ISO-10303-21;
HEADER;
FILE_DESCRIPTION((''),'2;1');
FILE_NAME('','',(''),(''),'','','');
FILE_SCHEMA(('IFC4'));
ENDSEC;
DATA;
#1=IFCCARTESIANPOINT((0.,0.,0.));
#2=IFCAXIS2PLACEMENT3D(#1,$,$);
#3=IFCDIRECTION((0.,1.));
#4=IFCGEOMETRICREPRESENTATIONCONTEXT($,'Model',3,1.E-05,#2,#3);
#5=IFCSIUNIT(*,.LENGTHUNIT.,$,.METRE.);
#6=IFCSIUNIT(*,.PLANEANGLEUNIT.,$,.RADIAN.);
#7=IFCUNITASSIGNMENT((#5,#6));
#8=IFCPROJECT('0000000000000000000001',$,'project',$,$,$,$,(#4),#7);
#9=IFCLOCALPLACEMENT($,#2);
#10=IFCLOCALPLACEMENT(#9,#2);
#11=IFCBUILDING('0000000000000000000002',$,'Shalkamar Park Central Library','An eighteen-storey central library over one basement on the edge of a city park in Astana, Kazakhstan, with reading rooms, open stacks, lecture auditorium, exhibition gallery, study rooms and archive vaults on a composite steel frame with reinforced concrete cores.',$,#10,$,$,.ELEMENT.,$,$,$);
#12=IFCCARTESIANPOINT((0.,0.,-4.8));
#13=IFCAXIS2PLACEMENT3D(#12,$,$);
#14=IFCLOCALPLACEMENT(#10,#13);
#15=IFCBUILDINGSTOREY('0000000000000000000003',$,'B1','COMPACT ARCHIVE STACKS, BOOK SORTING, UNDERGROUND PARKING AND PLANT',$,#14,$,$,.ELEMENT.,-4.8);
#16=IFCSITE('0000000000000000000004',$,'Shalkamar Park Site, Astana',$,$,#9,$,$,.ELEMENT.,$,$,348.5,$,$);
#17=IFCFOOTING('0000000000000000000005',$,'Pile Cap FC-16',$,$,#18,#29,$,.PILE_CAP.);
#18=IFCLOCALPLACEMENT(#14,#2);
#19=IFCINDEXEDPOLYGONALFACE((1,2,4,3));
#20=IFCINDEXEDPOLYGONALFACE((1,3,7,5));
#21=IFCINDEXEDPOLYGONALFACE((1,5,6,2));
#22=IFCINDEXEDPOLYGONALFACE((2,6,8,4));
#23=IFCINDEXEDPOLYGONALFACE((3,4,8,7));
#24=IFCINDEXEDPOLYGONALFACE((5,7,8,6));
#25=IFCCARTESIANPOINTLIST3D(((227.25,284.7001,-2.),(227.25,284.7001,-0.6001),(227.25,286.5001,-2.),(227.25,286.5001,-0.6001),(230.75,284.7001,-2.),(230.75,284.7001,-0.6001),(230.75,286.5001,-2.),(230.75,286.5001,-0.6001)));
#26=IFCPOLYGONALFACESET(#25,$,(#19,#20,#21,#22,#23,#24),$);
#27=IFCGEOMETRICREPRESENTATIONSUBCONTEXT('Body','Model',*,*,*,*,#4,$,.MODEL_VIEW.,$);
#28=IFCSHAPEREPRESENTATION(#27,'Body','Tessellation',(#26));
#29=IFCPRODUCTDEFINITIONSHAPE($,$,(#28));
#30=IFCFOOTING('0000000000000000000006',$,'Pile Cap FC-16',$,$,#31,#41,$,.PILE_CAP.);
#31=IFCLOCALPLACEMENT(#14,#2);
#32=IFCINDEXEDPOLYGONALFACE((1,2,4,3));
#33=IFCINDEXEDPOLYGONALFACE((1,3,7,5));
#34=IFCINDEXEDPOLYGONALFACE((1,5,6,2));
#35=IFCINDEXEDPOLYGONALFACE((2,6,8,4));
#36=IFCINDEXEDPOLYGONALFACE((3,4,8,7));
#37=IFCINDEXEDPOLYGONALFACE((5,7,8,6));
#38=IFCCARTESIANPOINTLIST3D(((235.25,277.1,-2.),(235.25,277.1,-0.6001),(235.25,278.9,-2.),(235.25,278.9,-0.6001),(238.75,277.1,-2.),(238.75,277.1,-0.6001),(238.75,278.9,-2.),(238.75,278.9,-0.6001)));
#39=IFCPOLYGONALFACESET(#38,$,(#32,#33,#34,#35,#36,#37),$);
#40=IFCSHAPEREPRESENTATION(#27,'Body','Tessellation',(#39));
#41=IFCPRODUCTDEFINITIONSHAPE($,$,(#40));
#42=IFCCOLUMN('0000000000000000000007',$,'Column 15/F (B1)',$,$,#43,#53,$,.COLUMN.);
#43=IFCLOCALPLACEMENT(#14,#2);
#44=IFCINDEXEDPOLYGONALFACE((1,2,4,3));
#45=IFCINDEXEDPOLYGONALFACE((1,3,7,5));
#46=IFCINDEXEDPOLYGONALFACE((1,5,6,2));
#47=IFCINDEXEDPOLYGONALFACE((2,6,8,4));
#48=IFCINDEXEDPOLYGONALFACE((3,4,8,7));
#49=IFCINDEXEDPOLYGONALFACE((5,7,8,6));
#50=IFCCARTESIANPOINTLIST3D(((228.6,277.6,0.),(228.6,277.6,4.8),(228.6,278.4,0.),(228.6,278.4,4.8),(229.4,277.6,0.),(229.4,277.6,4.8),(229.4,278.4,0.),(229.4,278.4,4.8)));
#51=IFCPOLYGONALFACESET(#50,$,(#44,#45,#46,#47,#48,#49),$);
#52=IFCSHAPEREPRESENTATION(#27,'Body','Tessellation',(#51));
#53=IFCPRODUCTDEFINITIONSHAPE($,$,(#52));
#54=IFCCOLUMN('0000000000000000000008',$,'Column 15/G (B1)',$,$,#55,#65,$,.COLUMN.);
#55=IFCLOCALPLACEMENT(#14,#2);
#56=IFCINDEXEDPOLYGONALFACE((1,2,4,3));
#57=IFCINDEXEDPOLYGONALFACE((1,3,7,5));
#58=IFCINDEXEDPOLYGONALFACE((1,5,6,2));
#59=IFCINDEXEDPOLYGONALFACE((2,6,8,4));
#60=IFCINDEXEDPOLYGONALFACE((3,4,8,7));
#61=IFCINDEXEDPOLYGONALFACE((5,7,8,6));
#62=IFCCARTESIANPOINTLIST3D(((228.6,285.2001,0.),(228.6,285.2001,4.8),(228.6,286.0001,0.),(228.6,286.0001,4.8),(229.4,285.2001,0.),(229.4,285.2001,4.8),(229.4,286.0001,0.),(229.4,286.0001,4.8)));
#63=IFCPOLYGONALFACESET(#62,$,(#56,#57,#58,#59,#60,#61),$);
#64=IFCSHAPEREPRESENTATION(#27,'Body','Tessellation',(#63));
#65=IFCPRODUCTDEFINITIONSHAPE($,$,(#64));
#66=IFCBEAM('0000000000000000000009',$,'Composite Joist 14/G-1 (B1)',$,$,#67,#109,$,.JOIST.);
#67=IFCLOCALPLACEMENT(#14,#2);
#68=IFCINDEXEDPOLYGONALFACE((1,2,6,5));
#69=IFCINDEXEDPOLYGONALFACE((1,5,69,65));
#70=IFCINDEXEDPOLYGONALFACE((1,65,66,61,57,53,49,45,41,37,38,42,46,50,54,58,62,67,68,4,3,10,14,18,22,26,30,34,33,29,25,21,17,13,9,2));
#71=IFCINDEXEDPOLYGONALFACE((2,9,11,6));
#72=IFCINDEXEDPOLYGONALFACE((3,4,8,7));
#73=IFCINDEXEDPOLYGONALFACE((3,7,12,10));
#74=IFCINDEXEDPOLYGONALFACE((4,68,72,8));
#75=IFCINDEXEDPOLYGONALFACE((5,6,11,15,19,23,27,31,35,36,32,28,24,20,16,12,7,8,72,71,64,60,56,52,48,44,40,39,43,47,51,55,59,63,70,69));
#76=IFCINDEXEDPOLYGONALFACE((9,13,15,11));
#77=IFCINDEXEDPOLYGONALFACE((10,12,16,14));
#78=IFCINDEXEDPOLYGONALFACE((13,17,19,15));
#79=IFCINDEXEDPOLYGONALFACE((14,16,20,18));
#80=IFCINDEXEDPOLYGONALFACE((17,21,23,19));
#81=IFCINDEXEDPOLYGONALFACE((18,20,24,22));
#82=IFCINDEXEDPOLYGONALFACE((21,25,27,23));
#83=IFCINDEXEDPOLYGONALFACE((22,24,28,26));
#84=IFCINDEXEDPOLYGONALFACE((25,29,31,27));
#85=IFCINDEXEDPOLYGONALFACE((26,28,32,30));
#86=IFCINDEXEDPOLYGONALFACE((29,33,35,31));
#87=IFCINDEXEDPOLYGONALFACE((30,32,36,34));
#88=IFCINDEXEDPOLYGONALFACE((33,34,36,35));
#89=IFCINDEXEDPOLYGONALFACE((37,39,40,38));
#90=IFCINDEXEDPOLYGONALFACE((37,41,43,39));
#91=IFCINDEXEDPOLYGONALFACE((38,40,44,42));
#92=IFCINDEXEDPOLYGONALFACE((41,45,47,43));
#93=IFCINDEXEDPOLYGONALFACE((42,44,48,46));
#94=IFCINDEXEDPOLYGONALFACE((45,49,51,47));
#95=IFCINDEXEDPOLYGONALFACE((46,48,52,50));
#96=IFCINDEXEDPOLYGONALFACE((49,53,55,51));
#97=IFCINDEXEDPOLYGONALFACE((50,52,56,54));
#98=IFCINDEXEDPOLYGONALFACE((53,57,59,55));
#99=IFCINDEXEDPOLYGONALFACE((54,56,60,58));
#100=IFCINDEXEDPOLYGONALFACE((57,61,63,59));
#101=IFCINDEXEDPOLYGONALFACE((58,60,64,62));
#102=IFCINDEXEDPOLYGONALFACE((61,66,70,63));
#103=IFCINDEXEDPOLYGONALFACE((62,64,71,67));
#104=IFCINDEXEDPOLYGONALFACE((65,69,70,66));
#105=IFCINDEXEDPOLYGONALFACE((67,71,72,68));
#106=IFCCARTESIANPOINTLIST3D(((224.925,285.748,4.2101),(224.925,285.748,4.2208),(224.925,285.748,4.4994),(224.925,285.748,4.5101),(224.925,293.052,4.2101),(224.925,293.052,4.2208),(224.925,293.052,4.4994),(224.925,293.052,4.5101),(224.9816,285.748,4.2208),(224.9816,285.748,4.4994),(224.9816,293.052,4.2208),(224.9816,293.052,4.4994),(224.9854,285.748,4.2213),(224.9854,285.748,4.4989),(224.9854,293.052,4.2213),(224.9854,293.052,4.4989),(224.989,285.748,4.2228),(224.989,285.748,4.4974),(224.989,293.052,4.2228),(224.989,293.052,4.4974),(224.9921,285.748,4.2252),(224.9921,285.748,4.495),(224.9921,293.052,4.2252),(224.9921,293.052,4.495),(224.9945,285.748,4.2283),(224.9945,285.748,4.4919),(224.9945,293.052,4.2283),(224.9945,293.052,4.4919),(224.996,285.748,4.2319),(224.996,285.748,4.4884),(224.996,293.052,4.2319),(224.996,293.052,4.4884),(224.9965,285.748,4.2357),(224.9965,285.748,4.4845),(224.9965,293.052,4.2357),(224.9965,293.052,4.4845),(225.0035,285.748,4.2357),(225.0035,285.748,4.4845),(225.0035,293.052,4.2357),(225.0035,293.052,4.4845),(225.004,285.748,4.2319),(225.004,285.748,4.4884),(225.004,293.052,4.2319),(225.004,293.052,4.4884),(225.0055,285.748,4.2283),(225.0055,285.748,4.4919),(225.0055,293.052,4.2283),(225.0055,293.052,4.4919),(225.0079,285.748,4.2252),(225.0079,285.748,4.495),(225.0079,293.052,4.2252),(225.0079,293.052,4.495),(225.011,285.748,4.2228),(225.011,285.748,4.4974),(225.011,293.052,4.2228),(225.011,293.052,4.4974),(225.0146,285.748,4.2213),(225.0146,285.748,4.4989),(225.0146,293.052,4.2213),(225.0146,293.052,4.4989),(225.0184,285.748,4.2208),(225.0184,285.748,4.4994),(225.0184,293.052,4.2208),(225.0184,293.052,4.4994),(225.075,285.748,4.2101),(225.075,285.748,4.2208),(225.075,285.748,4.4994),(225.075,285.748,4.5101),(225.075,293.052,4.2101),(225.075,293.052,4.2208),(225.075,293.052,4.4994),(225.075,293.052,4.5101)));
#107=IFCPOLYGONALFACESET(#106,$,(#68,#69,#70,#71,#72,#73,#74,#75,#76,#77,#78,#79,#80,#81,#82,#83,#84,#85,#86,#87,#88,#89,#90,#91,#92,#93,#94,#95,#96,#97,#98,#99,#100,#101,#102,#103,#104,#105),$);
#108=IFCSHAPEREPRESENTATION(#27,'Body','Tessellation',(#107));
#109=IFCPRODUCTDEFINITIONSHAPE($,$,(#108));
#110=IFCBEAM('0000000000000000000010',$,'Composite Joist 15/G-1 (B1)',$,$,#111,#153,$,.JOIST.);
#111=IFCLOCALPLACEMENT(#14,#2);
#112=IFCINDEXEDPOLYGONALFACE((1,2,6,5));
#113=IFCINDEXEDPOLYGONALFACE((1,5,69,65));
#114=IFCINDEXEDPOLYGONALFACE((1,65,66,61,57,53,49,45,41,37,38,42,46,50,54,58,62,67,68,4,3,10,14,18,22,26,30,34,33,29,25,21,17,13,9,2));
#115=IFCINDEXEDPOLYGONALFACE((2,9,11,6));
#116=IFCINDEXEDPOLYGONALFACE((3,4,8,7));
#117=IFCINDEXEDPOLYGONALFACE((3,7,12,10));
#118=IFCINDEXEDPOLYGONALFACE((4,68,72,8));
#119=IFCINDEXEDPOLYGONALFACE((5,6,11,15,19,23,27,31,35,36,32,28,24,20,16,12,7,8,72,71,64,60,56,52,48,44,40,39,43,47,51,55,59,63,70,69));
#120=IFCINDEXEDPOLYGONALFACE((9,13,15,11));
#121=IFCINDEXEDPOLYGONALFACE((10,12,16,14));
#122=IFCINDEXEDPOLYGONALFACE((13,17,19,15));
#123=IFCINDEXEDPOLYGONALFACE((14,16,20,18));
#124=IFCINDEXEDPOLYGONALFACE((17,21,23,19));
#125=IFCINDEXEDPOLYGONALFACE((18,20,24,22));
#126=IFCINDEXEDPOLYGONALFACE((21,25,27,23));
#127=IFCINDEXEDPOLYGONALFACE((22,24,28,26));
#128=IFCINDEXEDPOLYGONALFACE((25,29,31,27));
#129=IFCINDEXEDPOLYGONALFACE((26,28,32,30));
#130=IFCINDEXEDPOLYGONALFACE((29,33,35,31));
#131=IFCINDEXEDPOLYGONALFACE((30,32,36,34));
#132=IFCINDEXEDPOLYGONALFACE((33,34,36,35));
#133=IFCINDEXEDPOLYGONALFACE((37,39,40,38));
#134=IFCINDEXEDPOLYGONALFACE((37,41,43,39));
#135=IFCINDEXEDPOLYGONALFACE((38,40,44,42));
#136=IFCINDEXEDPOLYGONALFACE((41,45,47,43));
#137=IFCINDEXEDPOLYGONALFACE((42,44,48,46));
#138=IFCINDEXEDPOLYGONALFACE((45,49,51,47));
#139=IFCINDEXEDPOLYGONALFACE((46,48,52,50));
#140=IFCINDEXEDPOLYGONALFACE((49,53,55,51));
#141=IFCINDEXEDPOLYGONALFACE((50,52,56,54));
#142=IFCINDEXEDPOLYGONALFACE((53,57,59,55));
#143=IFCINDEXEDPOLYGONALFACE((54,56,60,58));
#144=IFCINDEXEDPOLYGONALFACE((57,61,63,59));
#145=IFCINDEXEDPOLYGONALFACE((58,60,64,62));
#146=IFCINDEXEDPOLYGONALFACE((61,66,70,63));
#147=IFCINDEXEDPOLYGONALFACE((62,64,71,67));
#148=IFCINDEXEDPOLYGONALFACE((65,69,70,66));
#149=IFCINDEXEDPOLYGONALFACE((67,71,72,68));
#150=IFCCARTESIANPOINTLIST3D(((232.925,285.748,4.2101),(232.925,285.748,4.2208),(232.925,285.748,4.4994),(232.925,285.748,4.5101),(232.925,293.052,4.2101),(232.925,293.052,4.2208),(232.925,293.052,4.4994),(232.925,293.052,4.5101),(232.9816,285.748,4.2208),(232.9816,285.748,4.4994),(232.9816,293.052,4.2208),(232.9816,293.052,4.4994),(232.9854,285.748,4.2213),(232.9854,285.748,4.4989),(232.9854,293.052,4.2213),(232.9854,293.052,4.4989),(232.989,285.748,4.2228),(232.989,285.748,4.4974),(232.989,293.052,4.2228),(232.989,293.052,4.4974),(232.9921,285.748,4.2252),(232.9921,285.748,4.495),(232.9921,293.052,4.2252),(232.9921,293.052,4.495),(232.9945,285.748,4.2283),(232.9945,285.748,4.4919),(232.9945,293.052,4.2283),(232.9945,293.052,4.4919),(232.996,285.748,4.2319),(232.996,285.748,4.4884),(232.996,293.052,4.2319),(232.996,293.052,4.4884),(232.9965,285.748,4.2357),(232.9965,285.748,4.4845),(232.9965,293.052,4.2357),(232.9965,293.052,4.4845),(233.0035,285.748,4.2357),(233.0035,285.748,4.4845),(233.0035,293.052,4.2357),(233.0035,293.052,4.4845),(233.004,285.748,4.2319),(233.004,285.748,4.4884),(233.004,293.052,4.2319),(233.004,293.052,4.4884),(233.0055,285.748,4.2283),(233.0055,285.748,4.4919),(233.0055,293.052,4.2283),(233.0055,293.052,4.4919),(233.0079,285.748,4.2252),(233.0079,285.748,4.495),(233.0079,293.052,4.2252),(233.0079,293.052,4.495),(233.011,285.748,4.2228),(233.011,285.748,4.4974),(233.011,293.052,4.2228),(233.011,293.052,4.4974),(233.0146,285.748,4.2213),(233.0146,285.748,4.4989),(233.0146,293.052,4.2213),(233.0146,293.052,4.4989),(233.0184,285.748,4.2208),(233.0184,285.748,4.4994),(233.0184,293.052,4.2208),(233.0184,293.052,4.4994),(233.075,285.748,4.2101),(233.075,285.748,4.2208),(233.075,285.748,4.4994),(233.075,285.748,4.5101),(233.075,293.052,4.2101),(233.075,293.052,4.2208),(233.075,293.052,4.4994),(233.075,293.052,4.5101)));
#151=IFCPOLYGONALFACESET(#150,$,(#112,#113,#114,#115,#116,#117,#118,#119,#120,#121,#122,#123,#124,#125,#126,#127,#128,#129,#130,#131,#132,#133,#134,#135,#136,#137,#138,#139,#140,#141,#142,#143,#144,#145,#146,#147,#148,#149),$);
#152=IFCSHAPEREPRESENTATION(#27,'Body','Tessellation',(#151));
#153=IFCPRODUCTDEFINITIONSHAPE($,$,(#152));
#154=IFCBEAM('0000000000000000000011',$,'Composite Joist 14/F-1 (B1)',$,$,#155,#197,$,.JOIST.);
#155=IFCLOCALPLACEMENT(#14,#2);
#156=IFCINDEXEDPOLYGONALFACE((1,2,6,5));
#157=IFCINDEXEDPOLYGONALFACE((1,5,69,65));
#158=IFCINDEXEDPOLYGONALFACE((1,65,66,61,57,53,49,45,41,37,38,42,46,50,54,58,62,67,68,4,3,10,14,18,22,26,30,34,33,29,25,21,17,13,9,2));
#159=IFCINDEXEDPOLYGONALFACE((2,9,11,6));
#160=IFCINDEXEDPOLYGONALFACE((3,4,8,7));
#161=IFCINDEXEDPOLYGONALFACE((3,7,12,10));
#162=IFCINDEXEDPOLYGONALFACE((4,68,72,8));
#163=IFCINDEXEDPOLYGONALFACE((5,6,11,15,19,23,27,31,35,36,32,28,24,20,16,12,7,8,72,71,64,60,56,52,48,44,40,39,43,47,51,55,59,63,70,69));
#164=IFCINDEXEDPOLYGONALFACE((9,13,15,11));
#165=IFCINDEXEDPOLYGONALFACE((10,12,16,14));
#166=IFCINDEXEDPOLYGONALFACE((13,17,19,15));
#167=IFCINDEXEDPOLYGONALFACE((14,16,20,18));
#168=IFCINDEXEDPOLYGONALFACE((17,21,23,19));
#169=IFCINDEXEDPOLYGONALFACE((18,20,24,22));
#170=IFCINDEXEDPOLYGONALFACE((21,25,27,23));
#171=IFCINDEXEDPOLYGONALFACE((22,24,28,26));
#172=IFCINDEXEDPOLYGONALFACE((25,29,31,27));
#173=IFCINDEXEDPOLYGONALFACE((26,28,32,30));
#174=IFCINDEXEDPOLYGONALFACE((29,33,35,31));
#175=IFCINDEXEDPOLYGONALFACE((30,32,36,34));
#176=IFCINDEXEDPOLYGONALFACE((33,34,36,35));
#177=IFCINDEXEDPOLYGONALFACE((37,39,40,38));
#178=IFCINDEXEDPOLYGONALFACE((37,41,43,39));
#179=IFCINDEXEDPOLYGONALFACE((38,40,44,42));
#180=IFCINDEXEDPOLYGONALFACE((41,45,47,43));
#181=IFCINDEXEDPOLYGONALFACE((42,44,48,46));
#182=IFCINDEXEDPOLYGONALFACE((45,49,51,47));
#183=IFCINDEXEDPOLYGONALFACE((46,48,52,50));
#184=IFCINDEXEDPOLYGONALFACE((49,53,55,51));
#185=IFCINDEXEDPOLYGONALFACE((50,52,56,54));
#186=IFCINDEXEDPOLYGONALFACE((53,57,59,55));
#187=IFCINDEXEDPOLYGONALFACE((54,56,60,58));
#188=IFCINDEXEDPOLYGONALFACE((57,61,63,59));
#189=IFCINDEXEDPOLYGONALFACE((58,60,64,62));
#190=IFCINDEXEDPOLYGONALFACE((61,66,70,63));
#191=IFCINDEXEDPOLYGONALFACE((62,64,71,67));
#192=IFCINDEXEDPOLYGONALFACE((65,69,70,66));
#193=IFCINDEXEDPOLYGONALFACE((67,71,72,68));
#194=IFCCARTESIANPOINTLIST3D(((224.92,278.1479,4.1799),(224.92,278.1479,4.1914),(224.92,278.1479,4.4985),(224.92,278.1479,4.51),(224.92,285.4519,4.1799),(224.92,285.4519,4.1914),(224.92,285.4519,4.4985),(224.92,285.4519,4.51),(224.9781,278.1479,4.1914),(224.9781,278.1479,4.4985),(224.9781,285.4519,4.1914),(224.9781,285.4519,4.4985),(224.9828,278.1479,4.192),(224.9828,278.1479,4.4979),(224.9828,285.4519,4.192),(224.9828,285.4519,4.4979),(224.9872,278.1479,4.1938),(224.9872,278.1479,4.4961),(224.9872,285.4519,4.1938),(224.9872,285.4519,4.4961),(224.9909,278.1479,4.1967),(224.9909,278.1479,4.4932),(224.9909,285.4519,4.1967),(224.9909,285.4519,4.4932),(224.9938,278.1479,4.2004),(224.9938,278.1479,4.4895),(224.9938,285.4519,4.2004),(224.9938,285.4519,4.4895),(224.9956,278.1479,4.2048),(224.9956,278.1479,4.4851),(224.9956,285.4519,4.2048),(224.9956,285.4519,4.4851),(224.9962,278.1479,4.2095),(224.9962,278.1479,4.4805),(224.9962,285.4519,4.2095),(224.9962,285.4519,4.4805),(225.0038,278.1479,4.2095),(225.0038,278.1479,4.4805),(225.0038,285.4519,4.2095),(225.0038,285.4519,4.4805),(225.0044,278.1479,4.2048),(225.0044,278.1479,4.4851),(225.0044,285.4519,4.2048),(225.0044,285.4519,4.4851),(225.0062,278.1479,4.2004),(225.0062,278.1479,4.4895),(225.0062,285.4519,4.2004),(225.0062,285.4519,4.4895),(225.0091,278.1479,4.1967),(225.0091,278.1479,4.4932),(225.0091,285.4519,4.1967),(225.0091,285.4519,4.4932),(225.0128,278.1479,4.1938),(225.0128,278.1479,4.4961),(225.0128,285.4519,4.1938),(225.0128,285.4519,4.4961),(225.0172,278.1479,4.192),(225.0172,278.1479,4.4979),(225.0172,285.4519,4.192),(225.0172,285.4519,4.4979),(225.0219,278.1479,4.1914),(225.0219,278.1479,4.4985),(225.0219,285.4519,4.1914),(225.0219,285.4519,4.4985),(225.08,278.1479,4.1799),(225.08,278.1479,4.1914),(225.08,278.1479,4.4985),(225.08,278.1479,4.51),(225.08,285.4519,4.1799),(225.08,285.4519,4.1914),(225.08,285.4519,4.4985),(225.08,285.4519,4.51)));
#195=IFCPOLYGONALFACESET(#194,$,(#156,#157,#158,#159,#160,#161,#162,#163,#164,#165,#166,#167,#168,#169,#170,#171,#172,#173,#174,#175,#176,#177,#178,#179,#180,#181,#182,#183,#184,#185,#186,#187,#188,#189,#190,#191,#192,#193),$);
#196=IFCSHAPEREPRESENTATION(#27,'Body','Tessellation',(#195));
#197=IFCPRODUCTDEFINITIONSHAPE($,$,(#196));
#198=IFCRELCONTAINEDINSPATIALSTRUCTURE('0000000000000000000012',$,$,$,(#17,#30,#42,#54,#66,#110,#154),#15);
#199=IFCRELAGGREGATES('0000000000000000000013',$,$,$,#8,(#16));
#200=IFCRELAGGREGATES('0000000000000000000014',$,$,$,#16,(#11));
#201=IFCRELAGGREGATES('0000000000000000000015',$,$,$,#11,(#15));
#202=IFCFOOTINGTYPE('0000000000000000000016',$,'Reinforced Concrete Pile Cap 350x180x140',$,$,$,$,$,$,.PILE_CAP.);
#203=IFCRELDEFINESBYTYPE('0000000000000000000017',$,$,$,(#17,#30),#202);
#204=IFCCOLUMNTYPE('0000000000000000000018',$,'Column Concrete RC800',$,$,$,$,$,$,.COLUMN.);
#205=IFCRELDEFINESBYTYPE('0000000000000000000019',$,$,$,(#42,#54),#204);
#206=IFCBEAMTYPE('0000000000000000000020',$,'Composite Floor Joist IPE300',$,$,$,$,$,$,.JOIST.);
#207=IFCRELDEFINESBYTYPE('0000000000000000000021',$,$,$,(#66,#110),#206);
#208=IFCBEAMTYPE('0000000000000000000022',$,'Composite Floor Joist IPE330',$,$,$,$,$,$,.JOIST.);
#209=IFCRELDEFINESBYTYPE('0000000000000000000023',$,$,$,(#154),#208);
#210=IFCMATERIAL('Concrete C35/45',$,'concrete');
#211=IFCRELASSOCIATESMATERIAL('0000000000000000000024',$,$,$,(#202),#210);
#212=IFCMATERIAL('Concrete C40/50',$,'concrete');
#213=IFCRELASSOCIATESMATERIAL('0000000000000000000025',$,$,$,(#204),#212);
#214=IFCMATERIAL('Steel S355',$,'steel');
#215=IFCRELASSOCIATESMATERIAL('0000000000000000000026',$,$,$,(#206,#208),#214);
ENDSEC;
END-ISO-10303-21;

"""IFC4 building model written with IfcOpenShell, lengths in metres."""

from ifc_helpers import new_model, si_unit, direction, frame, origin, origin_2d, place, context, subcontext, project, spatial, rectangle, i_section, extrude, material, material_profile, profile_set, type_object, element, save


model = new_model("IFC4")

# Units and contexts
model_context = context("Model", 3, precision=1e-05, world=origin(), true_north=direction((0.0, 1.0)))
body_context = subcontext(model_context, "Body", "Model", "MODEL_VIEW")
ifc_project = project(units=[si_unit("LENGTHUNIT", "METRE"), si_unit("PLANEANGLEUNIT", "RADIAN")], contexts=[model_context])

# Site, building, storey
site_placement = place(None, origin())
site = spatial("IfcSite", under=ifc_project, at=site_placement, Name="Shalkamar Park Site, Astana", CompositionType="ELEMENT", RefElevation=348.5)
building_placement = place(site_placement, origin())
building = spatial("IfcBuilding", under=site, at=building_placement, Name="Shalkamar Park Central Library", Description="An eighteen-storey central library over one basement on the edge of a city park in Astana, Kazakhstan, with reading rooms, open stacks, lecture auditorium, exhibition gallery, study rooms and archive vaults on a composite steel frame with reinforced concrete cores.", CompositionType="ELEMENT")
storey_placement = place(building_placement, frame((0.0, 0.0, -4.8)))
storey = spatial("IfcBuildingStorey", under=building, at=storey_placement, Name="B1", Description="COMPACT ARCHIVE STACKS, BOOK SORTING, UNDERGROUND PARKING AND PLANT", CompositionType="ELEMENT", Elevation=-4.8)

# Shared definitions
ifc_material_1 = material(Name="Concrete C35/45", Category="concrete")

# Footings
footing_type_1 = type_object("IfcFootingType", Name="Reinforced Concrete Pile Cap 350x180x140", PredefinedType="PILE_CAP", material=ifc_material_1)
for number, where, z_axis, x_axis, name in (
    (1, (229.0, 285.6001, -2.0), (0.0, 0.0, 1.0), (1.0, 0.0, 0.0), "Pile Cap FC-16"),
    (2, (237.0, 278.0, -2.0), (0.0, 0.0, 1.0), (1.0, 0.0, 0.0), "Pile Cap FC-16"),
):
    element("IfcFooting", number, at=place(storey_placement, frame(where, z_axis=z_axis, x_axis=x_axis)), inside=storey, type_object=footing_type_1, Name=name, PredefinedType="PILE_CAP", context=body_context, shape_type="SweptSolid", body=[
        extrude(rectangle(XDim=3.5, YDim=1.8, at=origin_2d()), origin(), (0.0, 0.0, 1.0), 1.3999),
    ])

# Columns
ifc_material_2 = material(Name="Concrete C40/50", Category="concrete")
ifc_material_profile_1 = material_profile(ifc_material_2, rectangle(XDim=0.8, YDim=0.8, at=origin_2d()), Name="RC 800x800")
ifc_profile_set_1 = profile_set([ifc_material_profile_1], Name="Concrete C40/50")
column_type = type_object("IfcColumnType", Name="Column Concrete RC800", PredefinedType="COLUMN", material=ifc_profile_set_1)
for number, where, z_axis, x_axis, name in (
    (3, (229.0, 278.0, 0.0), (0.0, 0.0, 1.0), (1.0, 0.0, 0.0), "Column 15/F (B1)"),
    (4, (229.0, 285.6001, 0.0), (0.0, 0.0, 1.0), (1.0, 0.0, 0.0), "Column 15/G (B1)"),
):
    element("IfcColumn", number, at=place(storey_placement, frame(where, z_axis=z_axis, x_axis=x_axis)), inside=storey, type_object=column_type, Name=name, PredefinedType="COLUMN", context=body_context, shape_type="SweptSolid", body=[
        extrude(rectangle(XDim=0.8, YDim=0.8, at=origin_2d()), origin(), (0.0, 0.0, 1.0), 4.8),
    ])

# Beams
ifc_material_3 = material(Name="Steel S355", Category="steel")
ifc_material_profile_2 = material_profile(ifc_material_3, i_section(OverallWidth=0.1499, OverallDepth=0.3, WebThickness=0.0071, FlangeThickness=0.0107, FilletRadius=0.0149, at=origin_2d()), Name="IPE 300")
ifc_profile_set_2 = profile_set([ifc_material_profile_2], Name="Steel S355")
beam_type_1 = type_object("IfcBeamType", Name="Composite Floor Joist IPE300", PredefinedType="JOIST", material=ifc_profile_set_2)
for number, where, z_axis, x_axis, name in (
    (5, (225.0, 285.748, 4.3601), (0.0, 1.0, 0.0), (-1.0, 0.0, 0.0), "Composite Joist 14/G-1 (B1)"),
    (6, (233.0, 285.748, 4.3601), (0.0, 1.0, 0.0), (-1.0, 0.0, 0.0), "Composite Joist 15/G-1 (B1)"),
):
    element("IfcBeam", number, at=place(storey_placement, frame(where, z_axis=z_axis, x_axis=x_axis)), inside=storey, type_object=beam_type_1, Name=name, PredefinedType="JOIST", context=body_context, shape_type="SweptSolid", body=[
        extrude(i_section(OverallWidth=0.1499, OverallDepth=0.3, WebThickness=0.0071, FlangeThickness=0.0107, FilletRadius=0.0149, at=origin_2d()), origin(), (0.0, 0.0, 1.0), 7.304),
    ])
ifc_material_profile_3 = material_profile(ifc_material_3, i_section(OverallWidth=0.1599, OverallDepth=0.3301, WebThickness=0.0076, FlangeThickness=0.0115, FilletRadius=0.0181, at=origin_2d()), Name="IPE 330")
ifc_profile_set_3 = profile_set([ifc_material_profile_3], Name="Steel S355")
beam_type_2 = type_object("IfcBeamType", Name="Composite Floor Joist IPE330", PredefinedType="JOIST", material=ifc_profile_set_3)
for number, where, z_axis, x_axis, name in (
    (7, (225.0, 278.1479, 4.345), (0.0, 1.0, 0.0), (-1.0, 0.0, 0.0), "Composite Joist 14/F-1 (B1)"),
):
    element("IfcBeam", number, at=place(storey_placement, frame(where, z_axis=z_axis, x_axis=x_axis)), inside=storey, type_object=beam_type_2, Name=name, PredefinedType="JOIST", context=body_context, shape_type="SweptSolid", body=[
        extrude(i_section(OverallWidth=0.1599, OverallDepth=0.3301, WebThickness=0.0076, FlangeThickness=0.0115, FilletRadius=0.0181, at=origin_2d()), origin(), (0.0, 0.0, 1.0), 7.304),
    ])

save(model, "model.ifc")
